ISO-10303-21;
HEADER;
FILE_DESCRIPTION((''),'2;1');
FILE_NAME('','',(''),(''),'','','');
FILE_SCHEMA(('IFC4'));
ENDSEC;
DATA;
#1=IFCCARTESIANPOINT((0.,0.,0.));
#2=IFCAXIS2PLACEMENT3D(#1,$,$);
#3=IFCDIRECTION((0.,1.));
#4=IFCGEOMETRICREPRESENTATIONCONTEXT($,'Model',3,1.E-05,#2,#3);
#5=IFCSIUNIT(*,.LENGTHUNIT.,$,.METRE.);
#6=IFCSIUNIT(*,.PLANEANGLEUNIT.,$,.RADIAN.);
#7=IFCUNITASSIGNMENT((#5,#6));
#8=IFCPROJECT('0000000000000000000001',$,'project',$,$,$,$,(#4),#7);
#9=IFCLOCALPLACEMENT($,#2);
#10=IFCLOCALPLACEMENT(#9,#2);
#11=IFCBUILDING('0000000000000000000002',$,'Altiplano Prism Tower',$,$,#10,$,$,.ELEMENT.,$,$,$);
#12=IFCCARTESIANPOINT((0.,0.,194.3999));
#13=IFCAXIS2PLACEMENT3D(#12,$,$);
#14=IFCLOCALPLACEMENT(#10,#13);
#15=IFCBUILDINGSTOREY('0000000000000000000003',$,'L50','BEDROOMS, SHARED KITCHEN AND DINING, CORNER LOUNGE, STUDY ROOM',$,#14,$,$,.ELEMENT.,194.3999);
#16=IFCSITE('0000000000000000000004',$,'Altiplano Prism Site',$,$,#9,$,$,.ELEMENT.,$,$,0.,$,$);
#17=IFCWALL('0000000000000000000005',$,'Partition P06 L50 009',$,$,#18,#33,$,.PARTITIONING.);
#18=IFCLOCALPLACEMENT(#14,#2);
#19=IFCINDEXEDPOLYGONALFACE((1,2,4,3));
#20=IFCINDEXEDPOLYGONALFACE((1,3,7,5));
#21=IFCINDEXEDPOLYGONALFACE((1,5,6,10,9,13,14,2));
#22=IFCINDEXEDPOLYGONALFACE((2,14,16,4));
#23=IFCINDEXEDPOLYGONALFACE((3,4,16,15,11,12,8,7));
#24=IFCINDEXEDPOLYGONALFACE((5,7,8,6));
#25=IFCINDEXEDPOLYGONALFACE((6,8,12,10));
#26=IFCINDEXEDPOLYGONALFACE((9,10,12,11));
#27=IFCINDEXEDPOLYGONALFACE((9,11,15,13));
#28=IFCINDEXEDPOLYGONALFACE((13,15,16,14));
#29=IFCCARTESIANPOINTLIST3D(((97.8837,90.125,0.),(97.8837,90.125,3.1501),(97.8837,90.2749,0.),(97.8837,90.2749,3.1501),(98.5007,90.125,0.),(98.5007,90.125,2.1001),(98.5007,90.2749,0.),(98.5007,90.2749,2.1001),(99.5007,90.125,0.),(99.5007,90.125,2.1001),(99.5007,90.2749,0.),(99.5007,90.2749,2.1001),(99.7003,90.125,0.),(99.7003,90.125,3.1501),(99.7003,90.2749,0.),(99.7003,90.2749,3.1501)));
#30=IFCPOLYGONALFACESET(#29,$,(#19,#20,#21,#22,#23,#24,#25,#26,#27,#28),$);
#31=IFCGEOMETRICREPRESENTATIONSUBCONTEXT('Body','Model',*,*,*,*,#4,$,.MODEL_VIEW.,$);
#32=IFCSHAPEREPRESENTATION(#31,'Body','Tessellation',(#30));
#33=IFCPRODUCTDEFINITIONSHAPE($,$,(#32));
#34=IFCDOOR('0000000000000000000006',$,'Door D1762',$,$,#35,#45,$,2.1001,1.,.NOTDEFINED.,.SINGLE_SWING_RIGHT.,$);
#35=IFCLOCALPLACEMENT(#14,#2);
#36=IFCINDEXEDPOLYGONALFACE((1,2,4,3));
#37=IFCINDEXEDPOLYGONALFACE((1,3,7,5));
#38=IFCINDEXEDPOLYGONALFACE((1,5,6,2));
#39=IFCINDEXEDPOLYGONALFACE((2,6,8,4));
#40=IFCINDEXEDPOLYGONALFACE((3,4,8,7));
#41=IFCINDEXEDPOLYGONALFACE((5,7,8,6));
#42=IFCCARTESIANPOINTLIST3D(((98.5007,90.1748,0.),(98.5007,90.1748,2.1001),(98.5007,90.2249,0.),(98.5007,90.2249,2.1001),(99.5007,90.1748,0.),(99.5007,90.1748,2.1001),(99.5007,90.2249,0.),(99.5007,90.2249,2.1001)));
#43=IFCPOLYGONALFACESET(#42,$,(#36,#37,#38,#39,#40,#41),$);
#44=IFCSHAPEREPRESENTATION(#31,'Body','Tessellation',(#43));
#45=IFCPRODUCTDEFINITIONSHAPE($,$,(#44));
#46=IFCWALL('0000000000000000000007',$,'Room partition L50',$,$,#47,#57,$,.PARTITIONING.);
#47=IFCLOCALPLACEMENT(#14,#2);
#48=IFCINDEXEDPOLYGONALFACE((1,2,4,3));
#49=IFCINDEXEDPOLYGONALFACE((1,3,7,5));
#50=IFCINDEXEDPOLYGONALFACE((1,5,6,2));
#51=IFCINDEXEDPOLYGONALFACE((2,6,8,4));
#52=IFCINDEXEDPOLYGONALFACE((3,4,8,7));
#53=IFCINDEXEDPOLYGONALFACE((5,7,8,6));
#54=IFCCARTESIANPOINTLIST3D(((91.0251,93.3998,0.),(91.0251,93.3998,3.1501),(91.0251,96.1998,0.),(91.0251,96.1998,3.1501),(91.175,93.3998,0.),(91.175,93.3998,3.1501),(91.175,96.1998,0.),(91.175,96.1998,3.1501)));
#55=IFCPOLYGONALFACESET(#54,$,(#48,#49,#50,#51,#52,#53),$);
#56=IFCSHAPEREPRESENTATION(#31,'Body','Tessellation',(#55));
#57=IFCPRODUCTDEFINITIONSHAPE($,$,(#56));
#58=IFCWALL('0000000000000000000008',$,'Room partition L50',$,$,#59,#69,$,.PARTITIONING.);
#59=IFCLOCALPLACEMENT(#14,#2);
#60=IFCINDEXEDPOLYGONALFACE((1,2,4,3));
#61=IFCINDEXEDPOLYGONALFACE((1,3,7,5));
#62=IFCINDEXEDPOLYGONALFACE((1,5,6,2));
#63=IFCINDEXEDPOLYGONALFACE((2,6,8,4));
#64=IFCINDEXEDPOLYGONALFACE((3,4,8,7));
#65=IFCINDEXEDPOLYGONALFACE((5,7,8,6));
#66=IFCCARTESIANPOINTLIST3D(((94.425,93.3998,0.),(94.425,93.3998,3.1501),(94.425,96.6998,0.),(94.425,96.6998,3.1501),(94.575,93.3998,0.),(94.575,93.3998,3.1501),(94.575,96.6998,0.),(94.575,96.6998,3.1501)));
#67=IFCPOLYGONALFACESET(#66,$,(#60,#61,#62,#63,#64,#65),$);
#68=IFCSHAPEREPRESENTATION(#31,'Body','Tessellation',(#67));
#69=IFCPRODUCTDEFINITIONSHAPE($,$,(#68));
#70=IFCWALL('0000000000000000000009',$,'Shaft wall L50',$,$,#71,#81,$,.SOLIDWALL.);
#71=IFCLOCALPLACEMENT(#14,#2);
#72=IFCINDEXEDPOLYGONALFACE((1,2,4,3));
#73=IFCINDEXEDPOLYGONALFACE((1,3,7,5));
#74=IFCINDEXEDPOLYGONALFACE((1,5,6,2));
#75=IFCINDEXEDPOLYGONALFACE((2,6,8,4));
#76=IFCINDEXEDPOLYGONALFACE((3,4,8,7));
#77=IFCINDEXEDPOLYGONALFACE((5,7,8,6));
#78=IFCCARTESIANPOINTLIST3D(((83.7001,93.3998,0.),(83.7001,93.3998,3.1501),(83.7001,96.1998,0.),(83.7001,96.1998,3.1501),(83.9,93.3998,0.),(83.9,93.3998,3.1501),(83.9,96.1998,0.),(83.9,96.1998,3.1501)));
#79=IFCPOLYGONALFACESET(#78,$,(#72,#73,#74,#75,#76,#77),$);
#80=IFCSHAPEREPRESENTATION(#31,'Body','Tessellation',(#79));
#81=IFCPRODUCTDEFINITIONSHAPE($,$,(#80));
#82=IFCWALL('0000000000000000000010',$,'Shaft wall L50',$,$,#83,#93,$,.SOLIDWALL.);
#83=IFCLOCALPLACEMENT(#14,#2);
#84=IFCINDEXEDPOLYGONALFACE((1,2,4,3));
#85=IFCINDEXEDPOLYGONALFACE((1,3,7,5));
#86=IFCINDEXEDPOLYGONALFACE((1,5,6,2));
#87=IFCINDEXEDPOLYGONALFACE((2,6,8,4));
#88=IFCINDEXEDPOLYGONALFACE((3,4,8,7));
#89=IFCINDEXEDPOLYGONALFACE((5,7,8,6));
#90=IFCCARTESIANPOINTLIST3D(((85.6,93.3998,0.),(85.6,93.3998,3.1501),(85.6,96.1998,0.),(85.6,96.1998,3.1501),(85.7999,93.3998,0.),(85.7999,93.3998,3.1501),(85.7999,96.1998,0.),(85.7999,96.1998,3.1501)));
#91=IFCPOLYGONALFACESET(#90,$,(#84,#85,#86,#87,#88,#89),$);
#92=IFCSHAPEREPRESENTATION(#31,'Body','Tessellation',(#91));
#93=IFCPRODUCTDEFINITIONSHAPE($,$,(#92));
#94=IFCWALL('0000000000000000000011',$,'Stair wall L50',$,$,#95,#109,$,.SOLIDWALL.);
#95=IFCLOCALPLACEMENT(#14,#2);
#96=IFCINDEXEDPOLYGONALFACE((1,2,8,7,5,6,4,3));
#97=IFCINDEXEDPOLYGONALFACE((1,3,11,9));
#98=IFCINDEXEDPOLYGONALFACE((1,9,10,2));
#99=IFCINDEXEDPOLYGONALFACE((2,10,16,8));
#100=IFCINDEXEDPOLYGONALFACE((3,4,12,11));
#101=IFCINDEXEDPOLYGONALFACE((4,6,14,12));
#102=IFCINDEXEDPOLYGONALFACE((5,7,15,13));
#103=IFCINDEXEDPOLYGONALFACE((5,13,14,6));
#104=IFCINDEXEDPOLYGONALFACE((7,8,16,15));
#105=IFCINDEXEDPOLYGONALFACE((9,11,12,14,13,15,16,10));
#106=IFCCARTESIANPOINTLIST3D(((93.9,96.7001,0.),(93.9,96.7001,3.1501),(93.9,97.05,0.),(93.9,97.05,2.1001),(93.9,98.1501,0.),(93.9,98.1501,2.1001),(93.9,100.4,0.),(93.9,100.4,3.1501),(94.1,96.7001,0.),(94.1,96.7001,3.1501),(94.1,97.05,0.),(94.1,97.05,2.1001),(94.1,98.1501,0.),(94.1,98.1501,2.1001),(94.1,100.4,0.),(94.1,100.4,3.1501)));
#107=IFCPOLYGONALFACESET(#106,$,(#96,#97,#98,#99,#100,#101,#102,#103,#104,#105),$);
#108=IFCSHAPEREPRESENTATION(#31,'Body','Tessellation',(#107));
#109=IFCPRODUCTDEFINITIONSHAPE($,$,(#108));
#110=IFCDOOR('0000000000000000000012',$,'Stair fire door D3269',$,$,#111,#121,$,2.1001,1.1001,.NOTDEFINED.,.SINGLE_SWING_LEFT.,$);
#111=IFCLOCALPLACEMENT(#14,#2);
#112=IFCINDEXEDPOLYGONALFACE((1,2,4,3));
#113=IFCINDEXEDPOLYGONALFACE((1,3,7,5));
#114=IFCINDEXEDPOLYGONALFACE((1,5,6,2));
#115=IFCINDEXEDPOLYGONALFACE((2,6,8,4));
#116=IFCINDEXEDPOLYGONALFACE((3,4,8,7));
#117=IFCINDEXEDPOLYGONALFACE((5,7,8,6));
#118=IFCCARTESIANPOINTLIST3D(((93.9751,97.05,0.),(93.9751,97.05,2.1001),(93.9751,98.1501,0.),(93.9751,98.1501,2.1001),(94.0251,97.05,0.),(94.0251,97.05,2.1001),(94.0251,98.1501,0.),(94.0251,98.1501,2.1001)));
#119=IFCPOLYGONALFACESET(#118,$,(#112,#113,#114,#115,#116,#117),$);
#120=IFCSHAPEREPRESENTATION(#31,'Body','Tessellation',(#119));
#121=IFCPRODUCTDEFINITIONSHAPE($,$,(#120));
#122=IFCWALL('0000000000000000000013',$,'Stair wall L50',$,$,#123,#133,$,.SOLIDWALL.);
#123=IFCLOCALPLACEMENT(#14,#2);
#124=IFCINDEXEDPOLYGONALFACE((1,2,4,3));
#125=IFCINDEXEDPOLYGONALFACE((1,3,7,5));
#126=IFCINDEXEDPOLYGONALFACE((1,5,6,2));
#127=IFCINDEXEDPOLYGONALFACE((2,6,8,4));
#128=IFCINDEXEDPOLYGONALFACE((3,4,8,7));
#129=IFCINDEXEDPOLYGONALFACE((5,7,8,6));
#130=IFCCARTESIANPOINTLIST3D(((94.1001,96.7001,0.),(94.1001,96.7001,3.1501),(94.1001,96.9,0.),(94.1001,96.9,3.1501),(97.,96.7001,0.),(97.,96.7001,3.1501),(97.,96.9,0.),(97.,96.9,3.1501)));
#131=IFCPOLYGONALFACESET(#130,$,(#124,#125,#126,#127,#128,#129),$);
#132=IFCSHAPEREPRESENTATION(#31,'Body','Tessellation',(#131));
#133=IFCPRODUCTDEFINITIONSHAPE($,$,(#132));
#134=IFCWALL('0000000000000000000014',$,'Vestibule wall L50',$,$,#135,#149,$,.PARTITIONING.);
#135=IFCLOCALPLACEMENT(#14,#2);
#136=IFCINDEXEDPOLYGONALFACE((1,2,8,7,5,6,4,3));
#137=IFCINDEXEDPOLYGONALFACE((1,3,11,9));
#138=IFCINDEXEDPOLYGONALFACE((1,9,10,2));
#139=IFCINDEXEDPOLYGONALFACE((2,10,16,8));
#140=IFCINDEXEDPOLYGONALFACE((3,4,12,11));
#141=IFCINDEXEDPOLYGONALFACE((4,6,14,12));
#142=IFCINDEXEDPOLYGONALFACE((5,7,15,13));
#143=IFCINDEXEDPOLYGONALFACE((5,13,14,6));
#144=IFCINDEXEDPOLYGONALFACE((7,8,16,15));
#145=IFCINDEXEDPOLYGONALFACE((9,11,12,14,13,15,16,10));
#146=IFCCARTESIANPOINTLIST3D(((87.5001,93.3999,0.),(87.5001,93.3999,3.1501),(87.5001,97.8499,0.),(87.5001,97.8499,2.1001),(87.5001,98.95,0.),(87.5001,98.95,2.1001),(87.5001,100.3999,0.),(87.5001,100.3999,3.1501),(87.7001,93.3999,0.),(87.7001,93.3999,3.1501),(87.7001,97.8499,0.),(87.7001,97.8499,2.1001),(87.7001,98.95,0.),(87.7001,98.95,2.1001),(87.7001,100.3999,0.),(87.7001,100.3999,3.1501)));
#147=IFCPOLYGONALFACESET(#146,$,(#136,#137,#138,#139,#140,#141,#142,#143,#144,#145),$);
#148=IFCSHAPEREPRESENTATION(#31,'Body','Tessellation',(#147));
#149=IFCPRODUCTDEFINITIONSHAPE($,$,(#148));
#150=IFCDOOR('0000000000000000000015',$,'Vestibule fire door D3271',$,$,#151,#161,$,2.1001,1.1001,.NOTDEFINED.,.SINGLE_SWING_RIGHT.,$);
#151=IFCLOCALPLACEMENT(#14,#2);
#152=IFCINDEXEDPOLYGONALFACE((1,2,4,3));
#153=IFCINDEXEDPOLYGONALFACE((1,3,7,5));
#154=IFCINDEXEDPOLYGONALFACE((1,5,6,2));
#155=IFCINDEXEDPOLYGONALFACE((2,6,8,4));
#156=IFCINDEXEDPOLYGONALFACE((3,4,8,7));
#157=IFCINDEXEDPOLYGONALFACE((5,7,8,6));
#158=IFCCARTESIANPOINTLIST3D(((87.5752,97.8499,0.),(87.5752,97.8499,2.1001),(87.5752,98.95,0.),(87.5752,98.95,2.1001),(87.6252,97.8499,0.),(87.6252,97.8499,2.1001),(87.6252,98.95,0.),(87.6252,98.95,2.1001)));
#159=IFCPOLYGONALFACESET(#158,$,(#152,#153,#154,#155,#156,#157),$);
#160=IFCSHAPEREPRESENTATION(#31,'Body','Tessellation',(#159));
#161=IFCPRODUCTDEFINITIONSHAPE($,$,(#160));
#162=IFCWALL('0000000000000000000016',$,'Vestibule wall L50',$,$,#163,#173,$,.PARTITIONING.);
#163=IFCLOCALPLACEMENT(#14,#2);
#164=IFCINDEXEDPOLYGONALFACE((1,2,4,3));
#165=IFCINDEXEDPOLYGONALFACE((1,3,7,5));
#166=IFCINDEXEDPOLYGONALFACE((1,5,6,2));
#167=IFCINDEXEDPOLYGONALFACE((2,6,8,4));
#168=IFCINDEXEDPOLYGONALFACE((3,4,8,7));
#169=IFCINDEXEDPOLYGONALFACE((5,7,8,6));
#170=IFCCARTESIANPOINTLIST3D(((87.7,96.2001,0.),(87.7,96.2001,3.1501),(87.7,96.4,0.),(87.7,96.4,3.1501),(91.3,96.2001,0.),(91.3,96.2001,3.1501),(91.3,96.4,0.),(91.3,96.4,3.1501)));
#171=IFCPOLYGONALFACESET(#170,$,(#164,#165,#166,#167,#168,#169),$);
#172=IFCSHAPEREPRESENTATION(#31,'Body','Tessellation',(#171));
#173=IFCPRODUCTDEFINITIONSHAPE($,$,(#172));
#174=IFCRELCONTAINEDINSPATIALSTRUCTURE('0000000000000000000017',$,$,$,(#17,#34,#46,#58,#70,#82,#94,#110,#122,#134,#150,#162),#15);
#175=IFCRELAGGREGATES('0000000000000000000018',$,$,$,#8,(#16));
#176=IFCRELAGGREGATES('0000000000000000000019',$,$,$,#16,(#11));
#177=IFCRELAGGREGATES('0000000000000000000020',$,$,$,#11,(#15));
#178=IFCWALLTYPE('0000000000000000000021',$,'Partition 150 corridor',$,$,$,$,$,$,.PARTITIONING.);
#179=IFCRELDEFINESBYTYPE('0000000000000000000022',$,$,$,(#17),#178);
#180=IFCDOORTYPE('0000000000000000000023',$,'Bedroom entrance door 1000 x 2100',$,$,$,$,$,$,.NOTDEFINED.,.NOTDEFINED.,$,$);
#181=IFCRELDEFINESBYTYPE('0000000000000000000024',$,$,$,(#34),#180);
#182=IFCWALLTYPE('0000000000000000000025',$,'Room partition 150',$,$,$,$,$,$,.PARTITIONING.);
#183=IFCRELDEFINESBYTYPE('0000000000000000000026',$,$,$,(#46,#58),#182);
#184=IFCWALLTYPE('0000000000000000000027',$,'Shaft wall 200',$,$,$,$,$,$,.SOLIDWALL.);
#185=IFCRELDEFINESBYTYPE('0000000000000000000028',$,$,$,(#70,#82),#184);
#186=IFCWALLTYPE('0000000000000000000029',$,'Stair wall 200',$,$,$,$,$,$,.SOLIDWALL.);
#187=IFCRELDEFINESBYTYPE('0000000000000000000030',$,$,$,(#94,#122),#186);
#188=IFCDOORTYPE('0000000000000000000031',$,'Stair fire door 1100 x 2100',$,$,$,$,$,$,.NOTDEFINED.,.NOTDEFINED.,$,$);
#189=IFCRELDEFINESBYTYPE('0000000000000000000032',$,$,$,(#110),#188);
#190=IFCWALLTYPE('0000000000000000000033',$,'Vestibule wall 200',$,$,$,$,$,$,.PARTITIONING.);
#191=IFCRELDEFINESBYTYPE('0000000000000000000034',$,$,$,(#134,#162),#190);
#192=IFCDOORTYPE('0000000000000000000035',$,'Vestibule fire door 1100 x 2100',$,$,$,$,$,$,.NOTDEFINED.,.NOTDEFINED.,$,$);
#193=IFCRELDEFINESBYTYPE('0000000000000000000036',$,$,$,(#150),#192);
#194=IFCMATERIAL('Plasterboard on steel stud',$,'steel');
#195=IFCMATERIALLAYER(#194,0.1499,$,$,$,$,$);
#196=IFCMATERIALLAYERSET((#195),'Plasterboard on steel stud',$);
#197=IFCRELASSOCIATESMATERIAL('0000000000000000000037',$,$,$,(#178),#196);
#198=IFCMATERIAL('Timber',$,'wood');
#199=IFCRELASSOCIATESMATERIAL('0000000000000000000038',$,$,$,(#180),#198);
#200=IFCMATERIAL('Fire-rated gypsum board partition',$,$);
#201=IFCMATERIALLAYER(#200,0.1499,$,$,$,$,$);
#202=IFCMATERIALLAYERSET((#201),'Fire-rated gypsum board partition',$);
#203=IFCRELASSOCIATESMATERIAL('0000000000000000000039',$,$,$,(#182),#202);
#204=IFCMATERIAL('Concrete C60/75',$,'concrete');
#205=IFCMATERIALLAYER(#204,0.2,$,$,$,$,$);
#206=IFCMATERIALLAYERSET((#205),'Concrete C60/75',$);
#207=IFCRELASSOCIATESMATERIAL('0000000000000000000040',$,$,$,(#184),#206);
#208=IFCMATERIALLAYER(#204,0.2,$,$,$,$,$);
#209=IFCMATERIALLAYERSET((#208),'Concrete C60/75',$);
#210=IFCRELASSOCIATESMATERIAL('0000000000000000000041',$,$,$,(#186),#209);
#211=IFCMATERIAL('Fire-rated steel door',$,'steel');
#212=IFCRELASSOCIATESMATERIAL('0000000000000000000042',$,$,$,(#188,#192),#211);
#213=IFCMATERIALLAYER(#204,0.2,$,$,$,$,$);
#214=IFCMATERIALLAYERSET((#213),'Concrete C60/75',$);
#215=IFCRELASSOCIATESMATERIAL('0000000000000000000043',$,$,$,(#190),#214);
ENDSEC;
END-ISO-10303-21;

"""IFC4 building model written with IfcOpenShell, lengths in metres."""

from ifc_helpers import new_model, si_unit, direction, frame, frame_2d, origin, place, context, subcontext, project, spatial, rectangle, extrude, material, layer, layer_set, type_object, element, fill, save


model = new_model("IFC4")

# Units and contexts
model_context = context("Model", 3, precision=1e-05, world=origin(), true_north=direction((0.0, 1.0)))
body_context = subcontext(model_context, "Body", "Model", "MODEL_VIEW")
ifc_project = project(units=[si_unit("LENGTHUNIT", "METRE"), si_unit("PLANEANGLEUNIT", "RADIAN")], contexts=[model_context])

# Site, building, storey
site_placement = place(None, origin())
site = spatial("IfcSite", under=ifc_project, at=site_placement, Name="Altiplano Prism Site", CompositionType="ELEMENT", RefElevation=0.0)
building_placement = place(site_placement, origin())
building = spatial("IfcBuilding", under=site, at=building_placement, Name="Altiplano Prism Tower", CompositionType="ELEMENT")
storey_placement = place(building_placement, frame((0.0, 0.0, 194.3999)))
storey = spatial("IfcBuildingStorey", under=building, at=storey_placement, Name="L50", Description="BEDROOMS, SHARED KITCHEN AND DINING, CORNER LOUNGE, STUDY ROOM", CompositionType="ELEMENT", Elevation=194.3999)

# Shared definitions
ifc_material_1 = material(Name="Concrete C60/75", Category="concrete")

# Shared definitions
ifc_material_2 = material(Name="Plasterboard on steel stud", Category="steel")
ifc_material_3 = material(Name="Timber", Category="wood")

# Shared definitions
ifc_layer_1 = layer(ifc_material_2, 0.1499)
ifc_layer_set_1 = layer_set([ifc_layer_1], Name="Plasterboard on steel stud")
wall_type_1 = type_object("IfcWallType", Name="Partition 150 corridor", PredefinedType="PARTITIONING", material=ifc_layer_set_1)

# Wall, opening, door
wall_1_placement = place(storey_placement, frame((97.8838, 90.2, 0.0), z_axis=(0.0, 0.0, 1.0), x_axis=(1.0, 0.0, 0.0)))
wall_1 = element("IfcWall", 1, at=wall_1_placement, inside=storey, type_object=wall_type_1, Name="Partition P06 L50 009", PredefinedType="PARTITIONING", context=body_context, shape_type="SweptSolid", body=[
    extrude(rectangle(XDim=1.8167, YDim=0.1499, at=frame_2d((0.9082, 0.0))), origin(), (0.0, 0.0, 1.0), 3.1501),
])
opening_1_placement = place(wall_1_placement, frame((0.6169, 0.0, 0.0)))
opening_1 = element("IfcOpeningElement", 2, at=opening_1_placement, cuts=wall_1, PredefinedType="OPENING", context=body_context, shape_type="SweptSolid", body=[
    extrude(rectangle(XDim=1.0, YDim=2.1001, at=frame_2d((0.5, 1.05))), frame((0.0, 0.0854, 0.0), z_axis=(0.0, -1.0, 0.0), x_axis=(1.0, 0.0, 0.0)), (0.0, 0.0, 1.0), 0.1709),
])
door_type_1 = type_object("IfcDoorType", Name="Bedroom entrance door 1000 x 2100", OperationType="NOTDEFINED", PredefinedType="NOTDEFINED", material=ifc_material_3)
door_1_placement = place(opening_1_placement, origin())
door_1 = element("IfcDoor", 3, at=door_1_placement, inside=storey, type_object=door_type_1, Name="Door D1762", OperationType="SINGLE_SWING_RIGHT", OverallHeight=2.1001, OverallWidth=1.0, PredefinedType="NOTDEFINED", context=body_context, shape_type="SweptSolid", body=[
    extrude(rectangle(XDim=1.0, YDim=2.1001, at=frame_2d((0.5, 1.05))), frame((0.0, 0.0249, 0.0), z_axis=(0.0, -1.0, 0.0), x_axis=(1.0, 0.0, 0.0)), (0.0, 0.0, 1.0), 0.05),
])
fill(opening_1, door_1)

# Walls
ifc_material_4 = material(Name="Fire-rated gypsum board partition")
ifc_layer_2 = layer(ifc_material_4, 0.1499)
ifc_layer_set_2 = layer_set([ifc_layer_2], Name="Fire-rated gypsum board partition")
wall_type_2 = type_object("IfcWallType", Name="Room partition 150", PredefinedType="PARTITIONING", material=ifc_layer_set_2)
wall_2_placement = place(storey_placement, frame((91.1001, 93.3999, 0.0), z_axis=(0.0, 0.0, 1.0), x_axis=(0.0, 1.0, 0.0)))
element("IfcWall", 4, at=wall_2_placement, inside=storey, type_object=wall_type_2, Name="Room partition L50", PredefinedType="PARTITIONING", context=body_context, shape_type="SweptSolid", body=[
    extrude(rectangle(XDim=2.8, YDim=0.1499, at=frame_2d((1.3999, 0.0))), origin(), (0.0, 0.0, 1.0), 3.1501),
])
wall_3_placement = place(storey_placement, frame((94.5, 93.3999, 0.0), z_axis=(0.0, 0.0, 1.0), x_axis=(0.0, 1.0, 0.0)))
element("IfcWall", 5, at=wall_3_placement, inside=storey, type_object=wall_type_2, Name="Room partition L50", PredefinedType="PARTITIONING", context=body_context, shape_type="SweptSolid", body=[
    extrude(rectangle(XDim=3.3, YDim=0.1499, at=frame_2d((1.6499, 0.0))), origin(), (0.0, 0.0, 1.0), 3.1501),
])
ifc_layer_3 = layer(ifc_material_1, 0.2)
ifc_layer_set_3 = layer_set([ifc_layer_3], Name="Concrete C60/75")
wall_type_3 = type_object("IfcWallType", Name="Shaft wall 200", PredefinedType="SOLIDWALL", material=ifc_layer_set_3)
for number, where, z_axis, x_axis, name in (
    (6, (83.8, 93.3999, 0.0), (0.0, 0.0, 1.0), (0.0, 1.0, 0.0), "Shaft wall L50"),
    (7, (85.7, 93.3999, 0.0), (0.0, 0.0, 1.0), (0.0, 1.0, 0.0), "Shaft wall L50"),
):
    element("IfcWall", number, at=place(storey_placement, frame(where, z_axis=z_axis, x_axis=x_axis)), inside=storey, type_object=wall_type_3, Name=name, PredefinedType="SOLIDWALL", context=body_context, shape_type="SweptSolid", body=[
        extrude(rectangle(XDim=2.8, YDim=0.2, at=frame_2d((1.3999, 0.0))), origin(), (0.0, 0.0, 1.0), 3.1501),
    ])

# Wall, opening, door
ifc_layer_4 = layer(ifc_material_1, 0.2)
ifc_layer_set_4 = layer_set([ifc_layer_4], Name="Concrete C60/75")
wall_type_4 = type_object("IfcWallType", Name="Stair wall 200", PredefinedType="SOLIDWALL", material=ifc_layer_set_4)
wall_4_placement = place(storey_placement, frame((94.0, 96.7, 0.0), z_axis=(0.0, 0.0, 1.0), x_axis=(0.0, 1.0, 0.0)))
wall_4 = element("IfcWall", 8, at=wall_4_placement, inside=storey, type_object=wall_type_4, Name="Stair wall L50", PredefinedType="SOLIDWALL", context=body_context, shape_type="SweptSolid", body=[
    extrude(rectangle(XDim=3.7, YDim=0.2, at=frame_2d((1.8501, 0.0))), origin(), (0.0, 0.0, 1.0), 3.1501),
])
opening_2_placement = place(wall_4_placement, frame((0.3501, 0.0, 0.0)))
opening_2 = element("IfcOpeningElement", 9, at=opening_2_placement, cuts=wall_4, PredefinedType="OPENING", context=body_context, shape_type="SweptSolid", body=[
    extrude(rectangle(XDim=1.1001, YDim=2.1001, at=frame_2d((0.55, 1.05))), frame((0.0, 0.1104, 0.0), z_axis=(0.0, -1.0, 0.0), x_axis=(1.0, 0.0, 0.0)), (0.0, 0.0, 1.0), 0.2209),
])
ifc_material_5 = material(Name="Fire-rated steel door", Category="steel")
door_type_2 = type_object("IfcDoorType", Name="Stair fire door 1100 x 2100", OperationType="NOTDEFINED", PredefinedType="NOTDEFINED", material=ifc_material_5)
door_2_placement = place(opening_2_placement, origin())
door_2 = element("IfcDoor", 10, at=door_2_placement, inside=storey, type_object=door_type_2, Name="Stair fire door D3269", OperationType="SINGLE_SWING_LEFT", OverallHeight=2.1001, OverallWidth=1.1001, PredefinedType="NOTDEFINED", context=body_context, shape_type="SweptSolid", body=[
    extrude(rectangle(XDim=1.1001, YDim=2.1001, at=frame_2d((0.55, 1.05))), frame((0.0, 0.0249, 0.0), z_axis=(0.0, -1.0, 0.0), x_axis=(1.0, 0.0, 0.0)), (0.0, 0.0, 1.0), 0.05),
])
fill(opening_2, door_2)

# Wall
wall_5_placement = place(storey_placement, frame((94.1001, 96.8, 0.0), z_axis=(0.0, 0.0, 1.0), x_axis=(1.0, 0.0, 0.0)))
element("IfcWall", 11, at=wall_5_placement, inside=storey, type_object=wall_type_4, Name="Stair wall L50", PredefinedType="SOLIDWALL", context=body_context, shape_type="SweptSolid", body=[
    extrude(rectangle(XDim=2.8999, YDim=0.2, at=frame_2d((1.45, 0.0))), origin(), (0.0, 0.0, 1.0), 3.1501),
])

# Wall, opening, door
ifc_layer_5 = layer(ifc_material_1, 0.2)
ifc_layer_set_5 = layer_set([ifc_layer_5], Name="Concrete C60/75")
wall_type_5 = type_object("IfcWallType", Name="Vestibule wall 200", PredefinedType="PARTITIONING", material=ifc_layer_set_5)
wall_6_placement = place(storey_placement, frame((87.6001, 93.3999, 0.0), z_axis=(0.0, 0.0, 1.0), x_axis=(0.0, 1.0, 0.0)))
wall_6 = element("IfcWall", 12, at=wall_6_placement, inside=storey, type_object=wall_type_5, Name="Vestibule wall L50", PredefinedType="PARTITIONING", context=body_context, shape_type="SweptSolid", body=[
    extrude(rectangle(XDim=7.0, YDim=0.2, at=frame_2d((3.5, 0.0))), origin(), (0.0, 0.0, 1.0), 3.1501),
])
opening_3_placement = place(wall_6_placement, frame((4.45, 0.0, 0.0)))
opening_3 = element("IfcOpeningElement", 13, at=opening_3_placement, cuts=wall_6, PredefinedType="OPENING", context=body_context, shape_type="SweptSolid", body=[
    extrude(rectangle(XDim=1.1001, YDim=2.1001, at=frame_2d((0.55, 1.05))), frame((0.0, 0.1104, 0.0), z_axis=(0.0, -1.0, 0.0), x_axis=(1.0, 0.0, 0.0)), (0.0, 0.0, 1.0), 0.2209),
])
door_type_3 = type_object("IfcDoorType", Name="Vestibule fire door 1100 x 2100", OperationType="NOTDEFINED", PredefinedType="NOTDEFINED", material=ifc_material_5)
door_3_placement = place(opening_3_placement, origin())
door_3 = element("IfcDoor", 14, at=door_3_placement, inside=storey, type_object=door_type_3, Name="Vestibule fire door D3271", OperationType="SINGLE_SWING_RIGHT", OverallHeight=2.1001, OverallWidth=1.1001, PredefinedType="NOTDEFINED", context=body_context, shape_type="SweptSolid", body=[
    extrude(rectangle(XDim=1.1001, YDim=2.1001, at=frame_2d((0.55, 1.05))), frame((0.0, 0.0249, 0.0), z_axis=(0.0, -1.0, 0.0), x_axis=(1.0, 0.0, 0.0)), (0.0, 0.0, 1.0), 0.05),
])
fill(opening_3, door_3)

# Wall
wall_7_placement = place(storey_placement, frame((87.7, 96.3, 0.0), z_axis=(0.0, 0.0, 1.0), x_axis=(1.0, 0.0, 0.0)))
element("IfcWall", 15, at=wall_7_placement, inside=storey, type_object=wall_type_5, Name="Vestibule wall L50", PredefinedType="PARTITIONING", context=body_context, shape_type="SweptSolid", body=[
    extrude(rectangle(XDim=3.6001, YDim=0.2, at=frame_2d((1.8, 0.0))), origin(), (0.0, 0.0, 1.0), 3.1501),
])

save(model, "model.ifc")
